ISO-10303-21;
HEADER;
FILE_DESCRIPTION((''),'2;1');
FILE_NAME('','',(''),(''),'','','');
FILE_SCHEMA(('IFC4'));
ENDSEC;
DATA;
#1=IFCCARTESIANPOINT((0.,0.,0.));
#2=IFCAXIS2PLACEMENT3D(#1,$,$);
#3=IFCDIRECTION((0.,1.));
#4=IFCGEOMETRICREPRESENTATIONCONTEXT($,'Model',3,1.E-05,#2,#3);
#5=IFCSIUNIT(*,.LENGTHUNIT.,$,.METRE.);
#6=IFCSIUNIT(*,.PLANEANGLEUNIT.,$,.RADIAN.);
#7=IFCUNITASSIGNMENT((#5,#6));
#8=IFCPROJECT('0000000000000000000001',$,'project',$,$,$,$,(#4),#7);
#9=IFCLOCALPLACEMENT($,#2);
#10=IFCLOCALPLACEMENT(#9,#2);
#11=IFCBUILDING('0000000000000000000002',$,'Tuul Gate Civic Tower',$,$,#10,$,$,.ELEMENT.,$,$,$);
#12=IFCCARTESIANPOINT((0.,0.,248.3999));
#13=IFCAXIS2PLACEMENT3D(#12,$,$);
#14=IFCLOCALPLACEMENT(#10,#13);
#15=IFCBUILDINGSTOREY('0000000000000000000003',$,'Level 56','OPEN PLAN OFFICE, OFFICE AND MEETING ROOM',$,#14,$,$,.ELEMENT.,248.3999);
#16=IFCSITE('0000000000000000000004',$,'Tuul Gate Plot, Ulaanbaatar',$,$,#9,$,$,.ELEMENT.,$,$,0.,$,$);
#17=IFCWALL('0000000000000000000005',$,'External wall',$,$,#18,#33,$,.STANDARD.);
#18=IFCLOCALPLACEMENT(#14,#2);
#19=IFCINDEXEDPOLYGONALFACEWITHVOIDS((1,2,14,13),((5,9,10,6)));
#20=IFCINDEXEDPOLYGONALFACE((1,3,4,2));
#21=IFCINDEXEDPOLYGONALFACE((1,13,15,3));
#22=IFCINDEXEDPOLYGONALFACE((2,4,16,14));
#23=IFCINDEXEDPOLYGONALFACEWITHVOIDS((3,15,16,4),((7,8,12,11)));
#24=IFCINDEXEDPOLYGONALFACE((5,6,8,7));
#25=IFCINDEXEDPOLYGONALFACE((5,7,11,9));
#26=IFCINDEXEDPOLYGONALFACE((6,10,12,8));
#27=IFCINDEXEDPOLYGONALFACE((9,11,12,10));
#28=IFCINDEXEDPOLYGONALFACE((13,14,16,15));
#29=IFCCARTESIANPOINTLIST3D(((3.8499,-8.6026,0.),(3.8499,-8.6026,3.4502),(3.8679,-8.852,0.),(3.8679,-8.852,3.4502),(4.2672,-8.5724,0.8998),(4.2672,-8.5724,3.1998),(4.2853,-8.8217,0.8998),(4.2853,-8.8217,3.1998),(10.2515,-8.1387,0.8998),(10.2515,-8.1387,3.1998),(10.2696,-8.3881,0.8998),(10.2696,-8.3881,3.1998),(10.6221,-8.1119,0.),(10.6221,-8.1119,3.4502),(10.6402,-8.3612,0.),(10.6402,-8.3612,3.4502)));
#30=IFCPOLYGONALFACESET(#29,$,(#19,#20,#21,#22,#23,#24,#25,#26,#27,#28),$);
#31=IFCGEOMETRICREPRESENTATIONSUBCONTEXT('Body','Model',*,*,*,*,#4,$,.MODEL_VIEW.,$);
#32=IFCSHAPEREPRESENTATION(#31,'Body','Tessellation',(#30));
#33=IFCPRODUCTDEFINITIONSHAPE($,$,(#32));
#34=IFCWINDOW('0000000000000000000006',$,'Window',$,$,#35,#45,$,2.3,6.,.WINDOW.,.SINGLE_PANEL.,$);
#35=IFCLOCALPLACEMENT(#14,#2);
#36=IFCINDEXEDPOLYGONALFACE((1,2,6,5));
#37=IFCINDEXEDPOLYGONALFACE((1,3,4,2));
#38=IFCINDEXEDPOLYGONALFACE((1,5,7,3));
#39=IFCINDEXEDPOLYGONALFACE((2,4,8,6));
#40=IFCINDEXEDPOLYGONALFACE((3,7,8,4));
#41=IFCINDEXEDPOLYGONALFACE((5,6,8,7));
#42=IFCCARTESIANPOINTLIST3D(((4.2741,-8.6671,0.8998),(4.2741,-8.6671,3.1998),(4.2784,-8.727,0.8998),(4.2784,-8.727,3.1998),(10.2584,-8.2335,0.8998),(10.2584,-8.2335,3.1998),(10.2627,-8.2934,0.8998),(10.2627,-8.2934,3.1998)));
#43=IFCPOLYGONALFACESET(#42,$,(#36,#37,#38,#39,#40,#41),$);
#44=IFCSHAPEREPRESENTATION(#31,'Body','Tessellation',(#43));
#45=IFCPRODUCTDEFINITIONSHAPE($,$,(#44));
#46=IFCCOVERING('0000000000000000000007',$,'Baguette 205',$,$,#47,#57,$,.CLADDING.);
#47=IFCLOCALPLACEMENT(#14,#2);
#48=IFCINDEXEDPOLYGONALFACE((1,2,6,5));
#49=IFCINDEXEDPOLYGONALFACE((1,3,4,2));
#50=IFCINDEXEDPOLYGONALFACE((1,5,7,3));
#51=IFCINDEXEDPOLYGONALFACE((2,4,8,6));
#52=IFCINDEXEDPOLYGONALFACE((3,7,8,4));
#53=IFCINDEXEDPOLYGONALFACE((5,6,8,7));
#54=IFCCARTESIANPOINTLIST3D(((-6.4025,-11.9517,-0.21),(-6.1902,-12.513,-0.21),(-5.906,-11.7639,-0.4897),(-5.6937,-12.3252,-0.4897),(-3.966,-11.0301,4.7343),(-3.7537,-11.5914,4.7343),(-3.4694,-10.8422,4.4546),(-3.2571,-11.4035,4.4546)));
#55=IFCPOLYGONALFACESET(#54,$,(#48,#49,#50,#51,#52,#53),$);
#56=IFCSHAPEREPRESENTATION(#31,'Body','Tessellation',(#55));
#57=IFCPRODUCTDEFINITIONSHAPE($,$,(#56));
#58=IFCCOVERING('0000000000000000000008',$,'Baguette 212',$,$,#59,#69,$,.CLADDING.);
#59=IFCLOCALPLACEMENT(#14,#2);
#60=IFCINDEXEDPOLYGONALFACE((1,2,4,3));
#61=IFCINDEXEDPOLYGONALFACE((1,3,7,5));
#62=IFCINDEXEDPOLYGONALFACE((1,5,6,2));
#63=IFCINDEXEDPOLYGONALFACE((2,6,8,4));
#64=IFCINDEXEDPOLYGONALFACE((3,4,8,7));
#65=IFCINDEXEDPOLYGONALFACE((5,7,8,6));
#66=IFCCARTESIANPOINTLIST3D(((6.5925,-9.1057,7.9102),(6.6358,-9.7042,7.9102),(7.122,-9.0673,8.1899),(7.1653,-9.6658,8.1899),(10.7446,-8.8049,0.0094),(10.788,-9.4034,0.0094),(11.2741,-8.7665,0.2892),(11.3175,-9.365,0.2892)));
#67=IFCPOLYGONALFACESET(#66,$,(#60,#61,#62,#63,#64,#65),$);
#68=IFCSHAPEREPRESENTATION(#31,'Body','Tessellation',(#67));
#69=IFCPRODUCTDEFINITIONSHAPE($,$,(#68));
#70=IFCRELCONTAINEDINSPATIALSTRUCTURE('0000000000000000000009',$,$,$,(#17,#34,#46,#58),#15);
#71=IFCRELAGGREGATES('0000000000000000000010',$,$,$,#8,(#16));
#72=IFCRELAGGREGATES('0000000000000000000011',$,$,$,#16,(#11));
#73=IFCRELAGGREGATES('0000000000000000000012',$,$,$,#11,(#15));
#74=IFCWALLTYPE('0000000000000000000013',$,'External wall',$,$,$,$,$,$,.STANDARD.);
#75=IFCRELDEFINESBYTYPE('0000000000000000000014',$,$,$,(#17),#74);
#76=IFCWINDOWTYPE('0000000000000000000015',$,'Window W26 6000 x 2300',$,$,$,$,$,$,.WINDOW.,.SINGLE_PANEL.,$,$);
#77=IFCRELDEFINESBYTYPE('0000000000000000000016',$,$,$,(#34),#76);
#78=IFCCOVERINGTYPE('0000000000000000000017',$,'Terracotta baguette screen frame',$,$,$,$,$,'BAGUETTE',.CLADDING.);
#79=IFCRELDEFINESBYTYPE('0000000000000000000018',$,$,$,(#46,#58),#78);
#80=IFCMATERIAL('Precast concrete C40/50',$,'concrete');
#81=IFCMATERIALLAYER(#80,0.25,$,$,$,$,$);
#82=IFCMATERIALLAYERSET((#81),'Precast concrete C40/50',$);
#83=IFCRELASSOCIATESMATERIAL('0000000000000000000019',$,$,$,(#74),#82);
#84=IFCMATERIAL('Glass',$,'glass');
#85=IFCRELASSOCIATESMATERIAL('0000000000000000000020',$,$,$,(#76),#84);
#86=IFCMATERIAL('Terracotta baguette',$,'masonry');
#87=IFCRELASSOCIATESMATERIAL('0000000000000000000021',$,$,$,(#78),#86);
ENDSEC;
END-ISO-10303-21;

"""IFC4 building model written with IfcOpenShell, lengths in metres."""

from ifc_helpers import new_model, si_unit, direction, frame, frame_2d, origin, origin_2d, place, context, subcontext, project, spatial, rectangle, extrude, material, layer, layer_set, material_profile, profile_set, type_object, element, fill, save


model = new_model("IFC4")

# Units and contexts
model_context = context("Model", 3, precision=1e-05, world=origin(), true_north=direction((0.0, 1.0)))
body_context = subcontext(model_context, "Body", "Model", "MODEL_VIEW")
ifc_project = project(units=[si_unit("LENGTHUNIT", "METRE"), si_unit("PLANEANGLEUNIT", "RADIAN")], contexts=[model_context])

# Site, building, storey
site_placement = place(None, origin())
site = spatial("IfcSite", under=ifc_project, at=site_placement, Name="Tuul Gate Plot, Ulaanbaatar", CompositionType="ELEMENT", RefElevation=0.0)
building_placement = place(site_placement, origin())
building = spatial("IfcBuilding", under=site, at=building_placement, Name="Tuul Gate Civic Tower", CompositionType="ELEMENT")
storey_placement = place(building_placement, frame((0.0, 0.0, 248.3999)))
storey = spatial("IfcBuildingStorey", under=building, at=storey_placement, Name="Level 56", Description="OPEN PLAN OFFICE, OFFICE AND MEETING ROOM", CompositionType="ELEMENT", Elevation=248.3999)

# Wall, opening, window
ifc_material_1 = material(Name="Precast concrete C40/50", Category="concrete")
ifc_layer_1 = layer(ifc_material_1, 0.25)
ifc_layer_set_1 = layer_set([ifc_layer_1], Name="Precast concrete C40/50")
wall_type_1 = type_object("IfcWallType", Name="External wall", PredefinedType="STANDARD", material=ifc_layer_set_1)
ifc_material_2 = material(Name="Glass", Category="glass")
window_type = type_object("IfcWindowType", Name="Window W26 6000 x 2300", PartitioningType="SINGLE_PANEL", PredefinedType="WINDOW", material=ifc_material_2)
wall_1_placement = place(storey_placement, frame((3.8589, -8.7273, 0.0), z_axis=(0.0, 0.0, 1.0), x_axis=(0.997385, 0.072272, 0.0)))
wall_1 = element("IfcWall", 1, at=wall_1_placement, inside=storey, type_object=wall_type_1, Name="External wall", PredefinedType="STANDARD", context=body_context, shape_type="SweptSolid", body=[
    extrude(rectangle(XDim=6.79, YDim=0.25, at=frame_2d((3.395, 0.0))), origin(), (0.0, 0.0, 1.0), 3.4502),
])
opening_1_placement = place(wall_1_placement, frame((0.4185, 0.0, 0.8999)))
opening_1 = element("IfcOpeningElement", 2, at=opening_1_placement, cuts=wall_1, PredefinedType="OPENING", context=body_context, shape_type="SweptSolid", body=[
    extrude(rectangle(XDim=6.0, YDim=2.3, at=frame_2d((3.0, 1.1499))), frame((0.0, 0.135, 0.0), z_axis=(0.0, -1.0, 0.0), x_axis=(1.0, 0.0, 0.0)), (0.0, 0.0, 1.0), 0.27),
])
window_1_placement = place(opening_1_placement, origin())
window_1 = element("IfcWindow", 3, at=window_1_placement, inside=storey, type_object=window_type, Name="Window", OverallHeight=2.3, OverallWidth=6.0, PartitioningType="SINGLE_PANEL", PredefinedType="WINDOW", context=body_context, shape_type="SweptSolid", body=[
    extrude(rectangle(XDim=6.0, YDim=2.3, at=frame_2d((3.0, 1.1499))), frame((0.0, 0.03, 0.0), z_axis=(0.0, -1.0, 0.0), x_axis=(1.0, 0.0, 0.0)), (0.0, 0.0, 1.0), 0.0601),
])
fill(opening_1, window_1)

# Coverings
ifc_material_3 = material(Name="Terracotta baguette", Category="masonry")
ifc_material_profile_1 = material_profile(ifc_material_3, rectangle(XDim=0.6001, YDim=0.6001, at=origin_2d()), Name="Terracotta baguette screen frame")
ifc_profile_set_1 = profile_set([ifc_material_profile_1], Name="Terracotta baguette")
covering_type = type_object("IfcCoveringType", Name="Terracotta baguette screen frame", ElementType="BAGUETTE", PredefinedType="CLADDING", material=ifc_profile_set_1)
covering_1_placement = place(storey_placement, frame((-3.6116, -11.2168, 4.5945), z_axis=(-0.435981, -0.164913, -0.884717), x_axis=(0.353792, -0.935324, 0.0)))
element("IfcCovering", 4, at=covering_1_placement, inside=storey, type_object=covering_type, Name="Baguette 205", PredefinedType="CLADDING", context=body_context, shape_type="SweptSolid", body=[
    extrude(rectangle(XDim=0.6001, YDim=0.6001, at=origin_2d()), origin(), (0.0, 0.0, 1.0), 5.5886),
])
covering_2_placement = place(storey_placement, frame((6.8789, -9.3857, 8.05), z_axis=(0.464945, 0.033681, -0.884699), x_axis=(-0.072251, 0.997386, 0.0)))
element("IfcCovering", 5, at=covering_2_placement, inside=storey, type_object=covering_type, Name="Baguette 212", PredefinedType="CLADDING", context=body_context, shape_type="SweptSolid", body=[
    extrude(rectangle(XDim=0.6001, YDim=0.6001, at=origin_2d()), origin(), (0.0, 0.0, 1.0), 8.9304),
])

save(model, "model.ifc")
